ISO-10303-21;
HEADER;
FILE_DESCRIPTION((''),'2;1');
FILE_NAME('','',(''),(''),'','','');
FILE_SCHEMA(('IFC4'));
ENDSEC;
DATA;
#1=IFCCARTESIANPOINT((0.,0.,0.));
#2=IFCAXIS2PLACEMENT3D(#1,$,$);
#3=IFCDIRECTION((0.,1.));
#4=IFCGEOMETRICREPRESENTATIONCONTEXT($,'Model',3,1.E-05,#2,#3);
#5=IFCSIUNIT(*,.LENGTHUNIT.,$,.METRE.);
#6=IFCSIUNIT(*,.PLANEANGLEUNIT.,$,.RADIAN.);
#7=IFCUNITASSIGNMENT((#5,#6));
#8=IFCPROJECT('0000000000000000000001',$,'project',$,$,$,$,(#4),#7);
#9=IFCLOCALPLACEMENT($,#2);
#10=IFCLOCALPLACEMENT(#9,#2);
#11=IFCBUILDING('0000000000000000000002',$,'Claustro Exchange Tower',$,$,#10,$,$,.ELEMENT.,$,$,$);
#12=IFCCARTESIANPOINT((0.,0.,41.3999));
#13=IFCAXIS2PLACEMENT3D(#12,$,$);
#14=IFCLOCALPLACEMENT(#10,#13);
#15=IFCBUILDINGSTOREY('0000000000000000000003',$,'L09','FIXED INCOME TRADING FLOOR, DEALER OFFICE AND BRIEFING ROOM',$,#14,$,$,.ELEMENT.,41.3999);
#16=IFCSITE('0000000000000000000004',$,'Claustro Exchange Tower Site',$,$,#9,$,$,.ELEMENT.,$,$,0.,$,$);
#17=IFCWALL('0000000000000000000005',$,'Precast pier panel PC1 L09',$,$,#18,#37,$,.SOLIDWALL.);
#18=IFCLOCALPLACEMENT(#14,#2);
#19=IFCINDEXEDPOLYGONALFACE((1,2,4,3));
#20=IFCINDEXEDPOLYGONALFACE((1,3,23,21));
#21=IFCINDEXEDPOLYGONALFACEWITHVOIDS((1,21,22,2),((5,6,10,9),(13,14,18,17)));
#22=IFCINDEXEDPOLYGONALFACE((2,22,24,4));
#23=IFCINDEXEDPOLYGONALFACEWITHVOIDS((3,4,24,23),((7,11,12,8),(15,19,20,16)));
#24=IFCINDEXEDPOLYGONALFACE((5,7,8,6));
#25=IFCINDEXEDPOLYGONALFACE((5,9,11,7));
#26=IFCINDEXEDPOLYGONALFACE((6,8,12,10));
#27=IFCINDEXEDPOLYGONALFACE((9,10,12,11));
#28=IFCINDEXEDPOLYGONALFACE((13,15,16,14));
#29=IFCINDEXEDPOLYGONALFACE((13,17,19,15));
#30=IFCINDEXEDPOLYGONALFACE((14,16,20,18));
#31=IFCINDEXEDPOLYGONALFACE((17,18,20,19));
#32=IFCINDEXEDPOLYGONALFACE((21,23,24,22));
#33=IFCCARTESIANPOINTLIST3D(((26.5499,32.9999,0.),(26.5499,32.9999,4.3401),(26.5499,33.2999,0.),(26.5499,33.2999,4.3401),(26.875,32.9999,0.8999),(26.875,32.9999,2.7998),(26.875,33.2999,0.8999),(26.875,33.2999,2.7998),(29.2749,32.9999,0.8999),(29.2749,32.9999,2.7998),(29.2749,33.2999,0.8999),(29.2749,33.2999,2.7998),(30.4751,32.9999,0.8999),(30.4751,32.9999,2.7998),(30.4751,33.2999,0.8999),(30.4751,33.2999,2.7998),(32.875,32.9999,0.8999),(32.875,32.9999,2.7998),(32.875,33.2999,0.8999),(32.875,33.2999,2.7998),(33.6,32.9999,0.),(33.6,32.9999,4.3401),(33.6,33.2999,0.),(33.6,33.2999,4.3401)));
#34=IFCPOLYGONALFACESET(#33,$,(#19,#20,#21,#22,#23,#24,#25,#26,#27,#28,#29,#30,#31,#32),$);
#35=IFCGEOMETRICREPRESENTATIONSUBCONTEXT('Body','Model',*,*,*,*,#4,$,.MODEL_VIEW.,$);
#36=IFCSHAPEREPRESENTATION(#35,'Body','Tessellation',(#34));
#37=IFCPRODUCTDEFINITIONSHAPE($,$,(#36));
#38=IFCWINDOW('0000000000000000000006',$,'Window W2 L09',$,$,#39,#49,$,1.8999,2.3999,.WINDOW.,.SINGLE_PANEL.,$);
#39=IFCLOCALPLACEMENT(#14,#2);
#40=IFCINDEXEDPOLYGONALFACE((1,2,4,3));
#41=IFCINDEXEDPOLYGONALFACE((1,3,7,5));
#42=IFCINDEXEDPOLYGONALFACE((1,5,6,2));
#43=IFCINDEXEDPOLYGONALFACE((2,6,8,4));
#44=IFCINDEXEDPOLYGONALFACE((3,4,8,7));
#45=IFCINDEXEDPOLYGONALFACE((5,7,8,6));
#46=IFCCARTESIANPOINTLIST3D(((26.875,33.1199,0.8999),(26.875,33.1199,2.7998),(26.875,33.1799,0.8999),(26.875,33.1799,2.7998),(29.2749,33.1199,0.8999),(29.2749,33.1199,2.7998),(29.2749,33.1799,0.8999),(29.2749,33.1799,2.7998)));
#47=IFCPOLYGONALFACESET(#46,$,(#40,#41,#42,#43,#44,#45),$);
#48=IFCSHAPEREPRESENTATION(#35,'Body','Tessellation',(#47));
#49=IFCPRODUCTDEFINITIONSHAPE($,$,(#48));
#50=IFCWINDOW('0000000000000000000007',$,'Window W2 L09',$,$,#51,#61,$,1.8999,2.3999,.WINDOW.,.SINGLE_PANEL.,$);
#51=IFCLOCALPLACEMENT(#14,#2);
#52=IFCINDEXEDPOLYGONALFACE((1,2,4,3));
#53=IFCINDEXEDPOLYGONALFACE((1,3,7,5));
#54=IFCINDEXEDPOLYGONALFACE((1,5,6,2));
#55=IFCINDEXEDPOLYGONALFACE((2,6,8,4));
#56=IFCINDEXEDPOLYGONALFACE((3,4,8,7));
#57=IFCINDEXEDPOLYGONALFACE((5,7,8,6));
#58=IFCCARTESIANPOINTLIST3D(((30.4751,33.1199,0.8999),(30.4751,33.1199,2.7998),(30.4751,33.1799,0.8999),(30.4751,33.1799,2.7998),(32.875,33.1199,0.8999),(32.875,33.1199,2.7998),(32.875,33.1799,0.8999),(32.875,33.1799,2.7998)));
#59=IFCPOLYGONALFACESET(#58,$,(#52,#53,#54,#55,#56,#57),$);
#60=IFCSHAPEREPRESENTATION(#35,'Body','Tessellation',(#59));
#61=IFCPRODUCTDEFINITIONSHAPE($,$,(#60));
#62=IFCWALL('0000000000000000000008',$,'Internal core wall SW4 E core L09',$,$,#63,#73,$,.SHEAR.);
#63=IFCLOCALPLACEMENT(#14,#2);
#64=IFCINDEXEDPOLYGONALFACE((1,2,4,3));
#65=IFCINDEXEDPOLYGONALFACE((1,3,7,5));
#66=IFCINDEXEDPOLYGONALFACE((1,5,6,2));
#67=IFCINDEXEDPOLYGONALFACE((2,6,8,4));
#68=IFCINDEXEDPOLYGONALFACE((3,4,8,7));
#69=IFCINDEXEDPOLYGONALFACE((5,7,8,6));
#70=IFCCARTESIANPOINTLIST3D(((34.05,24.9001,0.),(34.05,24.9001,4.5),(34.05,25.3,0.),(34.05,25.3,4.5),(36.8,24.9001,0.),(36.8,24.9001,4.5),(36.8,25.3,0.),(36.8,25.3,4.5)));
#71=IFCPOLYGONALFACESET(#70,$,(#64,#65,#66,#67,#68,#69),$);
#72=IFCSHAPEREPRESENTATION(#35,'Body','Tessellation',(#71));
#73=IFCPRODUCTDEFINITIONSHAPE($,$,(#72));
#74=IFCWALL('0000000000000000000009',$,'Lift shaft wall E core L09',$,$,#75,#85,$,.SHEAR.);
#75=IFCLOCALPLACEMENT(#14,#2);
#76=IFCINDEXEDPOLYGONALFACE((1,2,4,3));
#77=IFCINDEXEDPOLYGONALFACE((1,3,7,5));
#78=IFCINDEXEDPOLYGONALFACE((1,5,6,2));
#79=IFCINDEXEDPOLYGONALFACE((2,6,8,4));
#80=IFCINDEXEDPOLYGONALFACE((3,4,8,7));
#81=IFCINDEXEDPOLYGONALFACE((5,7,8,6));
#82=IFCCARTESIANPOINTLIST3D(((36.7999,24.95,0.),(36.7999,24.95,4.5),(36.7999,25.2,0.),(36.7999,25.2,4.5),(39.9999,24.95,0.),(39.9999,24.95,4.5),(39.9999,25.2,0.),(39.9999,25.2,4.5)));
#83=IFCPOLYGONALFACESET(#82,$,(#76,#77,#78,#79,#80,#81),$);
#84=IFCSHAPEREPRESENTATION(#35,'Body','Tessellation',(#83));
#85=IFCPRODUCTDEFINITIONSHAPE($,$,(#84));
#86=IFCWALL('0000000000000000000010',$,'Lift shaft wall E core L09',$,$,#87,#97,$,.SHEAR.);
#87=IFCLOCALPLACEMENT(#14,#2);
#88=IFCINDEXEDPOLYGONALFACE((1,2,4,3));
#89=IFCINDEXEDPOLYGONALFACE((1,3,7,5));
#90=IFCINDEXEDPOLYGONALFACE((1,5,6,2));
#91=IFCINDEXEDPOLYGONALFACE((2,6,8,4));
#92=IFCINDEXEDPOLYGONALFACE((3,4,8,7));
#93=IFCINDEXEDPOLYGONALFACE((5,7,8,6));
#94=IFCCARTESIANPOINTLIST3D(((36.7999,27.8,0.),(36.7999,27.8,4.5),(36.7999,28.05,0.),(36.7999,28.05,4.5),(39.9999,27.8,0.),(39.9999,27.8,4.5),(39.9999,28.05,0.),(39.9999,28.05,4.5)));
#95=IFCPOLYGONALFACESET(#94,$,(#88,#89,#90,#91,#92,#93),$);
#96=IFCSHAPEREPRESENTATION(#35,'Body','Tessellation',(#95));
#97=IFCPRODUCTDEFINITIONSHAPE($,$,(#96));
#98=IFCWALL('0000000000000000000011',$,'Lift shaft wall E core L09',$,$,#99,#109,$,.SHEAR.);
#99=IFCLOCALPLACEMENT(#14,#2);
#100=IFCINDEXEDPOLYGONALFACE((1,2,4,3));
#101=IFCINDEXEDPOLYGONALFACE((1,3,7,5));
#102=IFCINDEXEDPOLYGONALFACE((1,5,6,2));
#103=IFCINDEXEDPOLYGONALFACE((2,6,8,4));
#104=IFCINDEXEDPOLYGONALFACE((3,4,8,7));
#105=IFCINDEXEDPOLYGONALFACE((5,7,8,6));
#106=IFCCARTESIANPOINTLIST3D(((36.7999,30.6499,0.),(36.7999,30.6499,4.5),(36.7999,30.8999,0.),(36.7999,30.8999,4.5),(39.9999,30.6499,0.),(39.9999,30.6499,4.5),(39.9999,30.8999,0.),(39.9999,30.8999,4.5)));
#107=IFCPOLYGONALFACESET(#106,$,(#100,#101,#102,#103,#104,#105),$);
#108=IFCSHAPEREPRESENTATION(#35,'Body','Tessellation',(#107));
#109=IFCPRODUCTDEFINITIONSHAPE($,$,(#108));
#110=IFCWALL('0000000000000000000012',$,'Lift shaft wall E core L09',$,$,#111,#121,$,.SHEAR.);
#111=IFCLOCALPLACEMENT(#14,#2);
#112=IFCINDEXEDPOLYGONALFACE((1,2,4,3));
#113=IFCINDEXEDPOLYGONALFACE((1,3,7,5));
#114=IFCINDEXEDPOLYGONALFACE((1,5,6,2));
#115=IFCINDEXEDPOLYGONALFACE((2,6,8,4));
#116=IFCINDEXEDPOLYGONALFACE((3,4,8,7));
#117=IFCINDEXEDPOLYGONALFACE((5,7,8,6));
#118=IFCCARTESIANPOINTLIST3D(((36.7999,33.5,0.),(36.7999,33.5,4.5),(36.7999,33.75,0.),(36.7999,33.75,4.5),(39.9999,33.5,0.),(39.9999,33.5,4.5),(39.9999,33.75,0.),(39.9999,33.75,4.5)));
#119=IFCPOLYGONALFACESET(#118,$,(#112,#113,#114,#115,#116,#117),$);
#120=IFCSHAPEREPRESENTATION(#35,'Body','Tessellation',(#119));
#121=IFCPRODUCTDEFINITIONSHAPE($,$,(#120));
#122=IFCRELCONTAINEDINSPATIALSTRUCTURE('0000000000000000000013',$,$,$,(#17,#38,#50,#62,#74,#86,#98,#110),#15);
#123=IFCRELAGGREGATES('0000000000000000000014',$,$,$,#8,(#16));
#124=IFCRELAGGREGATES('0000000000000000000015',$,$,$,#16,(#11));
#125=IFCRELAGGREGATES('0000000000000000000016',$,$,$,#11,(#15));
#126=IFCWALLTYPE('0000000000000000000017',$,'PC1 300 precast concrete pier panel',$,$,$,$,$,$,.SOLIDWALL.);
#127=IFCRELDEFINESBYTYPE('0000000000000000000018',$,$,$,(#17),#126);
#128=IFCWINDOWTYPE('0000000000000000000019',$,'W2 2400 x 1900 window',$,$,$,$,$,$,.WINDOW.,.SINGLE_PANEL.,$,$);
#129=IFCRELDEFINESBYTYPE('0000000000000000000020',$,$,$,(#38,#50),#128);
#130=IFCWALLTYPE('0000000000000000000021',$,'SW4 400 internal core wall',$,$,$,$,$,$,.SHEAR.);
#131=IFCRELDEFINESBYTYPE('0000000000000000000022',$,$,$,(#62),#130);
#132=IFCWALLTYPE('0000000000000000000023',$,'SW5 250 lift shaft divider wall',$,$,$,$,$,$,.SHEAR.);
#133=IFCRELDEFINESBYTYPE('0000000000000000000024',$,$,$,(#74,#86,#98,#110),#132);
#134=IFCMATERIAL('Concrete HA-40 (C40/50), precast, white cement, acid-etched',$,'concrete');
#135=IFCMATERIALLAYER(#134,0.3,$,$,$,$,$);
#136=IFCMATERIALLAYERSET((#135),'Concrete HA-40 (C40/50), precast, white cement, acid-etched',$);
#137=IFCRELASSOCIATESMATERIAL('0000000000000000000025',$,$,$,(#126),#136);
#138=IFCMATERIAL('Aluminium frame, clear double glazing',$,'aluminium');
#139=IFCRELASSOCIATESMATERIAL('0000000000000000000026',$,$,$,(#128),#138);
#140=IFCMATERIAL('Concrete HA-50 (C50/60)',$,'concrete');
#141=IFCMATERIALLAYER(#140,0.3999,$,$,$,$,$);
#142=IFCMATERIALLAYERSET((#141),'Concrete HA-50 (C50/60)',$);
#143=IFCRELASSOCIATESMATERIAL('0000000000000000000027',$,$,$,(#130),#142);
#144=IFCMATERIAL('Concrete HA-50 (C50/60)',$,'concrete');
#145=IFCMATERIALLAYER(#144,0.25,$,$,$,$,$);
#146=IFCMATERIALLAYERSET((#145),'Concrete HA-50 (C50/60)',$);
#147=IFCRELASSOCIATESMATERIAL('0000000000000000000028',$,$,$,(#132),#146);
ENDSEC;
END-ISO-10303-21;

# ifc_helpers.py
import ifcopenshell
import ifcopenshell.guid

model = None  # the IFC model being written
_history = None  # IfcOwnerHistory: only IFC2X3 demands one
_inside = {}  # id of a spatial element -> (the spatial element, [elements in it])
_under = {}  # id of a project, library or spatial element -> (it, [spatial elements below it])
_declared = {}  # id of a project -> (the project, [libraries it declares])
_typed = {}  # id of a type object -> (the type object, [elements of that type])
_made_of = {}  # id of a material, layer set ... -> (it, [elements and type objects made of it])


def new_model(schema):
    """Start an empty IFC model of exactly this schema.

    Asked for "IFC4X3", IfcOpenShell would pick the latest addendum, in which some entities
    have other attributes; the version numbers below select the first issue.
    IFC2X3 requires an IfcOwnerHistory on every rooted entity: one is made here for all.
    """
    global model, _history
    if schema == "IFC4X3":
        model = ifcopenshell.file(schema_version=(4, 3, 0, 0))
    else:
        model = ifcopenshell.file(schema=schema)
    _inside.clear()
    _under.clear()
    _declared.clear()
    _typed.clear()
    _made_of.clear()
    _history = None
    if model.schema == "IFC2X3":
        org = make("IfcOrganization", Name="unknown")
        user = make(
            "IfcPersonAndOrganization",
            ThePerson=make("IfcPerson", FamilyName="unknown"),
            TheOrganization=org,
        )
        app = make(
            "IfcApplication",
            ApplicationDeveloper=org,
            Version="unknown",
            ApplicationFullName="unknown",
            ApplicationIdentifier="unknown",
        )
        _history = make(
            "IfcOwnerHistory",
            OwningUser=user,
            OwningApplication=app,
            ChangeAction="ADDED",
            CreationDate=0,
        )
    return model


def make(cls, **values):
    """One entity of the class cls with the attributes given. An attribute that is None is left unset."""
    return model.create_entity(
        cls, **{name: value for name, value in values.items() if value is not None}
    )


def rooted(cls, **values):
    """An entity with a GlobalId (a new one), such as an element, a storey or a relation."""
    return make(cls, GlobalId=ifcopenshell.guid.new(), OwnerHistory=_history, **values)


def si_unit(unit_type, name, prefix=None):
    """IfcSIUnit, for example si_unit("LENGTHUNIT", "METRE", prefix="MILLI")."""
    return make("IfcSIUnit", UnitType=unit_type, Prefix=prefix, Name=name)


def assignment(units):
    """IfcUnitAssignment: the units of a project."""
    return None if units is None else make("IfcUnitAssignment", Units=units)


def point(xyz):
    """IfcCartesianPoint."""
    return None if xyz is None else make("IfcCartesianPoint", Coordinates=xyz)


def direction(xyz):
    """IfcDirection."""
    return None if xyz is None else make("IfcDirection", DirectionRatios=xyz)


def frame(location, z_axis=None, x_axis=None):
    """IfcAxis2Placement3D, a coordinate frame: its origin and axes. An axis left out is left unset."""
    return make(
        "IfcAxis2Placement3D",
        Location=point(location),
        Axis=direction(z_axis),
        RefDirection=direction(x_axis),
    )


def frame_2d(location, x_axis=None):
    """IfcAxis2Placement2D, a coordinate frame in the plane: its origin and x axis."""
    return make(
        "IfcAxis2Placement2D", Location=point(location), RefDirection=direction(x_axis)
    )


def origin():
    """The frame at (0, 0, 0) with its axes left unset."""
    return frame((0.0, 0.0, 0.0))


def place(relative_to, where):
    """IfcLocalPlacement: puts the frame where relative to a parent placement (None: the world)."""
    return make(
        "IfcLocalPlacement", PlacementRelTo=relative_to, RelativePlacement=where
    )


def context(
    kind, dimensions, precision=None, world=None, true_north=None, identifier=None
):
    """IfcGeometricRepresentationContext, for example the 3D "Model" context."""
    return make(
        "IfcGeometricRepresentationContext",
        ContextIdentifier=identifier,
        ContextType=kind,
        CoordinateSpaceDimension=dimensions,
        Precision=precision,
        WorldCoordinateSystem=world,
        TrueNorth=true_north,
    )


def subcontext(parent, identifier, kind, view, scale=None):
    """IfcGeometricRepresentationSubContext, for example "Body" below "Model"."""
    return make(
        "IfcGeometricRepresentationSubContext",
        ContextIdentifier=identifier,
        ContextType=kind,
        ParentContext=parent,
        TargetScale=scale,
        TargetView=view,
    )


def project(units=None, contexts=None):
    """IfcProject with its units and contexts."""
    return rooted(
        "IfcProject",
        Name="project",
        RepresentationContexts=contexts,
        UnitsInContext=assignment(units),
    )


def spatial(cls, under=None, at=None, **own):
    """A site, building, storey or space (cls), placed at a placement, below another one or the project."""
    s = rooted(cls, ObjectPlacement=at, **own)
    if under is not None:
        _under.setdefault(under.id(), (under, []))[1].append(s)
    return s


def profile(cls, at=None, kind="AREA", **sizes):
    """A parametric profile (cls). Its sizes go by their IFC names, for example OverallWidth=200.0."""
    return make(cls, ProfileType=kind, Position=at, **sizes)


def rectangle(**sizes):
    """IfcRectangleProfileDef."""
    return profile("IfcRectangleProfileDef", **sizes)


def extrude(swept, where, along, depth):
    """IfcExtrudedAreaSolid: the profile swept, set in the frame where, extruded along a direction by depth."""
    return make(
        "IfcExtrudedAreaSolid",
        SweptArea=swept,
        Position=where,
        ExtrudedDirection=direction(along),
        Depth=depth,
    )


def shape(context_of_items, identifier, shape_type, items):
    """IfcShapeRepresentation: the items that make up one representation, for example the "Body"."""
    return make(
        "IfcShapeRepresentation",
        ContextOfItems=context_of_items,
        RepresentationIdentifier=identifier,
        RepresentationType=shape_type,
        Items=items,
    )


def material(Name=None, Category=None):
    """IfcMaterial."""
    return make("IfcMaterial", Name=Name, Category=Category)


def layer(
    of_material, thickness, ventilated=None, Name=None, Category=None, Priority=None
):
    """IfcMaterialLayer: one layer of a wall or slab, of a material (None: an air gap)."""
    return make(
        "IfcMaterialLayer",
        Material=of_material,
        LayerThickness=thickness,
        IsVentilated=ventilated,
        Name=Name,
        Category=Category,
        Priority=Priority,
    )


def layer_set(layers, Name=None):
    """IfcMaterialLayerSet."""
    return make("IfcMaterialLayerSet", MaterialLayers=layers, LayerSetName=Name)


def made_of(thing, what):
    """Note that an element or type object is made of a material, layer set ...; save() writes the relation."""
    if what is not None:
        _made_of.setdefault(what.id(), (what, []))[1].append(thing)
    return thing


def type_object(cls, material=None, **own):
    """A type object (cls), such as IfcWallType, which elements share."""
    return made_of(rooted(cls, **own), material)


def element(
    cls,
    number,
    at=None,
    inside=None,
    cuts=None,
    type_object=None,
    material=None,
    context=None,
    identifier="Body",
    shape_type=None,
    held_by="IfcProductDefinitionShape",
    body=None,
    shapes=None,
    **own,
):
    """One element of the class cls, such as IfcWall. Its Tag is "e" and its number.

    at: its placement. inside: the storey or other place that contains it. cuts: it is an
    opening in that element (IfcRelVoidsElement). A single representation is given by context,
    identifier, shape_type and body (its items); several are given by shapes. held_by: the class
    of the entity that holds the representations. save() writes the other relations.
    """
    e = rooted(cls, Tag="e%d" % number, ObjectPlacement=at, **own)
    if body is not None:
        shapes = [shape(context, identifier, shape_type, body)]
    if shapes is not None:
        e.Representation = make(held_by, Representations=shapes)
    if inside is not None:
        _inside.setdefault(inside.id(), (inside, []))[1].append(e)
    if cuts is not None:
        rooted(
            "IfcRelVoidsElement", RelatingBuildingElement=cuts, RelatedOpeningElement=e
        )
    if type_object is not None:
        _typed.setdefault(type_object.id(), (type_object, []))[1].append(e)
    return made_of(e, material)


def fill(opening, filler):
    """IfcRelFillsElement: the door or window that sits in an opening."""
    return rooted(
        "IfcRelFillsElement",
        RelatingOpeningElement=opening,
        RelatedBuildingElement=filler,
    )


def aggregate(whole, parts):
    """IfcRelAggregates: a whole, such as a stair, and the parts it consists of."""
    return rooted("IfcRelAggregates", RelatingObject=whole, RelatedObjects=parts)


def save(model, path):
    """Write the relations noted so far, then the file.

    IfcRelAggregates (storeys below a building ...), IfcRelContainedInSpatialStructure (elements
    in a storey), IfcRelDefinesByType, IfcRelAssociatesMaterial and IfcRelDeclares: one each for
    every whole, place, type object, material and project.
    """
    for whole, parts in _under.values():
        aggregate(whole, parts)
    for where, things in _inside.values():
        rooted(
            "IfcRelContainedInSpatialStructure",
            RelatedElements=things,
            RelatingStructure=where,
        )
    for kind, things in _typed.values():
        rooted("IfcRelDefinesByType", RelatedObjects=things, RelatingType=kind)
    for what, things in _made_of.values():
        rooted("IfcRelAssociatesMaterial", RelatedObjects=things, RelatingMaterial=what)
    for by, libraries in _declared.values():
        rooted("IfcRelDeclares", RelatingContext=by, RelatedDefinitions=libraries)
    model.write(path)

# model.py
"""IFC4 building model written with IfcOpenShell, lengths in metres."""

from ifc_helpers import new_model, si_unit, direction, frame, frame_2d, origin, place, context, subcontext, project, spatial, rectangle, extrude, material, layer, layer_set, type_object, element, fill, save


model = new_model("IFC4")

# Units and contexts
model_context = context("Model", 3, precision=1e-05, world=origin(), true_north=direction((0.0, 1.0)))
body_context = subcontext(model_context, "Body", "Model", "MODEL_VIEW")
ifc_project = project(units=[si_unit("LENGTHUNIT", "METRE"), si_unit("PLANEANGLEUNIT", "RADIAN")], contexts=[model_context])

# Site, building, storey
site_placement = place(None, origin())
site = spatial("IfcSite", under=ifc_project, at=site_placement, Name="Claustro Exchange Tower Site", CompositionType="ELEMENT", RefElevation=0.0)
building_placement = place(site_placement, origin())
building = spatial("IfcBuilding", under=site, at=building_placement, Name="Claustro Exchange Tower", CompositionType="ELEMENT")
storey_placement = place(building_placement, frame((0.0, 0.0, 41.3999)))
storey = spatial("IfcBuildingStorey", under=building, at=storey_placement, Name="L09", Description="FIXED INCOME TRADING FLOOR, DEALER OFFICE AND BRIEFING ROOM", CompositionType="ELEMENT", Elevation=41.3999)

# Wall, openings, windows
ifc_material_1 = material(Name="Concrete HA-40 (C40/50), precast, white cement, acid-etched", Category="concrete")
ifc_layer_1 = layer(ifc_material_1, 0.3)
ifc_layer_set_1 = layer_set([ifc_layer_1], Name="Concrete HA-40 (C40/50), precast, white cement, acid-etched")
wall_type_1 = type_object("IfcWallType", Name="PC1 300 precast concrete pier panel", PredefinedType="SOLIDWALL", material=ifc_layer_set_1)
wall_1_placement = place(storey_placement, frame((26.55, 33.1499, 0.0), z_axis=(0.0, 0.0, 1.0), x_axis=(1.0, 0.0, 0.0)))
wall_1 = element("IfcWall", 1, at=wall_1_placement, inside=storey, type_object=wall_type_1, Name="Precast pier panel PC1 L09", PredefinedType="SOLIDWALL", context=body_context, shape_type="SweptSolid", body=[
    extrude(rectangle(XDim=7.05, YDim=0.3, at=frame_2d((3.5249, 0.0))), origin(), (0.0, 0.0, 1.0), 4.3401),
])
opening_1_placement = place(wall_1_placement, frame((0.325, 0.0, 0.8999)))
opening_1 = element("IfcOpeningElement", 2, at=opening_1_placement, cuts=wall_1, PredefinedType="OPENING", context=body_context, shape_type="SweptSolid", body=[
    extrude(rectangle(XDim=2.3999, YDim=1.8999, at=frame_2d((1.2, 0.95))), frame((0.0, 0.1599, 0.0), z_axis=(0.0, -1.0, 0.0), x_axis=(1.0, 0.0, 0.0)), (0.0, 0.0, 1.0), 0.3201),
])
opening_2_placement = place(wall_1_placement, frame((3.925, 0.0, 0.8999)))
opening_2 = element("IfcOpeningElement", 3, at=opening_2_placement, cuts=wall_1, PredefinedType="OPENING", context=body_context, shape_type="SweptSolid", body=[
    extrude(rectangle(XDim=2.3999, YDim=1.8999, at=frame_2d((1.2, 0.95))), frame((0.0, 0.1599, 0.0), z_axis=(0.0, -1.0, 0.0), x_axis=(1.0, 0.0, 0.0)), (0.0, 0.0, 1.0), 0.3201),
])
ifc_material_2 = material(Name="Aluminium frame, clear double glazing", Category="aluminium")
window_type = type_object("IfcWindowType", Name="W2 2400 x 1900 window", PartitioningType="SINGLE_PANEL", PredefinedType="WINDOW", material=ifc_material_2)
window_1_placement = place(opening_1_placement, origin())
window_1 = element("IfcWindow", 4, at=window_1_placement, inside=storey, type_object=window_type, Name="Window W2 L09", OverallHeight=1.8999, OverallWidth=2.3999, PartitioningType="SINGLE_PANEL", PredefinedType="WINDOW", context=body_context, shape_type="SweptSolid", body=[
    extrude(rectangle(XDim=2.3999, YDim=1.8999, at=frame_2d((1.2, 0.95))), frame((0.0, 0.03, 0.0), z_axis=(0.0, -1.0, 0.0), x_axis=(1.0, 0.0, 0.0)), (0.0, 0.0, 1.0), 0.0601),
])
fill(opening_1, window_1)
window_2_placement = place(opening_2_placement, origin())
window_2 = element("IfcWindow", 5, at=window_2_placement, inside=storey, type_object=window_type, Name="Window W2 L09", OverallHeight=1.8999, OverallWidth=2.3999, PartitioningType="SINGLE_PANEL", PredefinedType="WINDOW", context=body_context, shape_type="SweptSolid", body=[
    extrude(rectangle(XDim=2.3999, YDim=1.8999, at=frame_2d((1.2, 0.95))), frame((0.0, 0.03, 0.0), z_axis=(0.0, -1.0, 0.0), x_axis=(1.0, 0.0, 0.0)), (0.0, 0.0, 1.0), 0.0601),
])
fill(opening_2, window_2)

# Walls
ifc_material_3 = material(Name="Concrete HA-50 (C50/60)", Category="concrete")
ifc_layer_2 = layer(ifc_material_3, 0.3999)
ifc_layer_set_2 = layer_set([ifc_layer_2], Name="Concrete HA-50 (C50/60)")
wall_type_2 = type_object("IfcWallType", Name="SW4 400 internal core wall", PredefinedType="SHEAR", material=ifc_layer_set_2)
wall_2_placement = place(storey_placement, frame((36.8, 25.1001, 0.0), z_axis=(0.0, 0.0, 1.0), x_axis=(-1.0, 0.0, 0.0)))
element("IfcWall", 6, at=wall_2_placement, inside=storey, type_object=wall_type_2, Name="Internal core wall SW4 E core L09", PredefinedType="SHEAR", context=body_context, shape_type="SweptSolid", body=[
    extrude(rectangle(XDim=2.75, YDim=0.3999, at=frame_2d((1.375, 0.0))), origin(), (0.0, 0.0, 1.0), 4.5),
])
ifc_material_4 = material(Name="Concrete HA-50 (C50/60)", Category="concrete")
ifc_layer_3 = layer(ifc_material_4, 0.25)
ifc_layer_set_3 = layer_set([ifc_layer_3], Name="Concrete HA-50 (C50/60)")
wall_type_3 = type_object("IfcWallType", Name="SW5 250 lift shaft divider wall", PredefinedType="SHEAR", material=ifc_layer_set_3)
for number, where, z_axis, x_axis, name in (
    (7, (40.0, 25.075, 0.0), (0.0, 0.0, 1.0), (-1.0, 0.0, 0.0), "Lift shaft wall E core L09"),
    (8, (40.0, 27.925, 0.0), (0.0, 0.0, 1.0), (-1.0, 0.0, 0.0), "Lift shaft wall E core L09"),
    (9, (40.0, 30.7749, 0.0), (0.0, 0.0, 1.0), (-1.0, 0.0, 0.0), "Lift shaft wall E core L09"),
    (10, (40.0, 33.625, 0.0), (0.0, 0.0, 1.0), (-1.0, 0.0, 0.0), "Lift shaft wall E core L09"),
):
    element("IfcWall", number, at=place(storey_placement, frame(where, z_axis=z_axis, x_axis=x_axis)), inside=storey, type_object=wall_type_3, Name=name, PredefinedType="SHEAR", context=body_context, shape_type="SweptSolid", body=[
        extrude(rectangle(XDim=3.2, YDim=0.25, at=frame_2d((1.6001, 0.0))), origin(), (0.0, 0.0, 1.0), 4.5),
    ])

save(model, "model.ifc")
